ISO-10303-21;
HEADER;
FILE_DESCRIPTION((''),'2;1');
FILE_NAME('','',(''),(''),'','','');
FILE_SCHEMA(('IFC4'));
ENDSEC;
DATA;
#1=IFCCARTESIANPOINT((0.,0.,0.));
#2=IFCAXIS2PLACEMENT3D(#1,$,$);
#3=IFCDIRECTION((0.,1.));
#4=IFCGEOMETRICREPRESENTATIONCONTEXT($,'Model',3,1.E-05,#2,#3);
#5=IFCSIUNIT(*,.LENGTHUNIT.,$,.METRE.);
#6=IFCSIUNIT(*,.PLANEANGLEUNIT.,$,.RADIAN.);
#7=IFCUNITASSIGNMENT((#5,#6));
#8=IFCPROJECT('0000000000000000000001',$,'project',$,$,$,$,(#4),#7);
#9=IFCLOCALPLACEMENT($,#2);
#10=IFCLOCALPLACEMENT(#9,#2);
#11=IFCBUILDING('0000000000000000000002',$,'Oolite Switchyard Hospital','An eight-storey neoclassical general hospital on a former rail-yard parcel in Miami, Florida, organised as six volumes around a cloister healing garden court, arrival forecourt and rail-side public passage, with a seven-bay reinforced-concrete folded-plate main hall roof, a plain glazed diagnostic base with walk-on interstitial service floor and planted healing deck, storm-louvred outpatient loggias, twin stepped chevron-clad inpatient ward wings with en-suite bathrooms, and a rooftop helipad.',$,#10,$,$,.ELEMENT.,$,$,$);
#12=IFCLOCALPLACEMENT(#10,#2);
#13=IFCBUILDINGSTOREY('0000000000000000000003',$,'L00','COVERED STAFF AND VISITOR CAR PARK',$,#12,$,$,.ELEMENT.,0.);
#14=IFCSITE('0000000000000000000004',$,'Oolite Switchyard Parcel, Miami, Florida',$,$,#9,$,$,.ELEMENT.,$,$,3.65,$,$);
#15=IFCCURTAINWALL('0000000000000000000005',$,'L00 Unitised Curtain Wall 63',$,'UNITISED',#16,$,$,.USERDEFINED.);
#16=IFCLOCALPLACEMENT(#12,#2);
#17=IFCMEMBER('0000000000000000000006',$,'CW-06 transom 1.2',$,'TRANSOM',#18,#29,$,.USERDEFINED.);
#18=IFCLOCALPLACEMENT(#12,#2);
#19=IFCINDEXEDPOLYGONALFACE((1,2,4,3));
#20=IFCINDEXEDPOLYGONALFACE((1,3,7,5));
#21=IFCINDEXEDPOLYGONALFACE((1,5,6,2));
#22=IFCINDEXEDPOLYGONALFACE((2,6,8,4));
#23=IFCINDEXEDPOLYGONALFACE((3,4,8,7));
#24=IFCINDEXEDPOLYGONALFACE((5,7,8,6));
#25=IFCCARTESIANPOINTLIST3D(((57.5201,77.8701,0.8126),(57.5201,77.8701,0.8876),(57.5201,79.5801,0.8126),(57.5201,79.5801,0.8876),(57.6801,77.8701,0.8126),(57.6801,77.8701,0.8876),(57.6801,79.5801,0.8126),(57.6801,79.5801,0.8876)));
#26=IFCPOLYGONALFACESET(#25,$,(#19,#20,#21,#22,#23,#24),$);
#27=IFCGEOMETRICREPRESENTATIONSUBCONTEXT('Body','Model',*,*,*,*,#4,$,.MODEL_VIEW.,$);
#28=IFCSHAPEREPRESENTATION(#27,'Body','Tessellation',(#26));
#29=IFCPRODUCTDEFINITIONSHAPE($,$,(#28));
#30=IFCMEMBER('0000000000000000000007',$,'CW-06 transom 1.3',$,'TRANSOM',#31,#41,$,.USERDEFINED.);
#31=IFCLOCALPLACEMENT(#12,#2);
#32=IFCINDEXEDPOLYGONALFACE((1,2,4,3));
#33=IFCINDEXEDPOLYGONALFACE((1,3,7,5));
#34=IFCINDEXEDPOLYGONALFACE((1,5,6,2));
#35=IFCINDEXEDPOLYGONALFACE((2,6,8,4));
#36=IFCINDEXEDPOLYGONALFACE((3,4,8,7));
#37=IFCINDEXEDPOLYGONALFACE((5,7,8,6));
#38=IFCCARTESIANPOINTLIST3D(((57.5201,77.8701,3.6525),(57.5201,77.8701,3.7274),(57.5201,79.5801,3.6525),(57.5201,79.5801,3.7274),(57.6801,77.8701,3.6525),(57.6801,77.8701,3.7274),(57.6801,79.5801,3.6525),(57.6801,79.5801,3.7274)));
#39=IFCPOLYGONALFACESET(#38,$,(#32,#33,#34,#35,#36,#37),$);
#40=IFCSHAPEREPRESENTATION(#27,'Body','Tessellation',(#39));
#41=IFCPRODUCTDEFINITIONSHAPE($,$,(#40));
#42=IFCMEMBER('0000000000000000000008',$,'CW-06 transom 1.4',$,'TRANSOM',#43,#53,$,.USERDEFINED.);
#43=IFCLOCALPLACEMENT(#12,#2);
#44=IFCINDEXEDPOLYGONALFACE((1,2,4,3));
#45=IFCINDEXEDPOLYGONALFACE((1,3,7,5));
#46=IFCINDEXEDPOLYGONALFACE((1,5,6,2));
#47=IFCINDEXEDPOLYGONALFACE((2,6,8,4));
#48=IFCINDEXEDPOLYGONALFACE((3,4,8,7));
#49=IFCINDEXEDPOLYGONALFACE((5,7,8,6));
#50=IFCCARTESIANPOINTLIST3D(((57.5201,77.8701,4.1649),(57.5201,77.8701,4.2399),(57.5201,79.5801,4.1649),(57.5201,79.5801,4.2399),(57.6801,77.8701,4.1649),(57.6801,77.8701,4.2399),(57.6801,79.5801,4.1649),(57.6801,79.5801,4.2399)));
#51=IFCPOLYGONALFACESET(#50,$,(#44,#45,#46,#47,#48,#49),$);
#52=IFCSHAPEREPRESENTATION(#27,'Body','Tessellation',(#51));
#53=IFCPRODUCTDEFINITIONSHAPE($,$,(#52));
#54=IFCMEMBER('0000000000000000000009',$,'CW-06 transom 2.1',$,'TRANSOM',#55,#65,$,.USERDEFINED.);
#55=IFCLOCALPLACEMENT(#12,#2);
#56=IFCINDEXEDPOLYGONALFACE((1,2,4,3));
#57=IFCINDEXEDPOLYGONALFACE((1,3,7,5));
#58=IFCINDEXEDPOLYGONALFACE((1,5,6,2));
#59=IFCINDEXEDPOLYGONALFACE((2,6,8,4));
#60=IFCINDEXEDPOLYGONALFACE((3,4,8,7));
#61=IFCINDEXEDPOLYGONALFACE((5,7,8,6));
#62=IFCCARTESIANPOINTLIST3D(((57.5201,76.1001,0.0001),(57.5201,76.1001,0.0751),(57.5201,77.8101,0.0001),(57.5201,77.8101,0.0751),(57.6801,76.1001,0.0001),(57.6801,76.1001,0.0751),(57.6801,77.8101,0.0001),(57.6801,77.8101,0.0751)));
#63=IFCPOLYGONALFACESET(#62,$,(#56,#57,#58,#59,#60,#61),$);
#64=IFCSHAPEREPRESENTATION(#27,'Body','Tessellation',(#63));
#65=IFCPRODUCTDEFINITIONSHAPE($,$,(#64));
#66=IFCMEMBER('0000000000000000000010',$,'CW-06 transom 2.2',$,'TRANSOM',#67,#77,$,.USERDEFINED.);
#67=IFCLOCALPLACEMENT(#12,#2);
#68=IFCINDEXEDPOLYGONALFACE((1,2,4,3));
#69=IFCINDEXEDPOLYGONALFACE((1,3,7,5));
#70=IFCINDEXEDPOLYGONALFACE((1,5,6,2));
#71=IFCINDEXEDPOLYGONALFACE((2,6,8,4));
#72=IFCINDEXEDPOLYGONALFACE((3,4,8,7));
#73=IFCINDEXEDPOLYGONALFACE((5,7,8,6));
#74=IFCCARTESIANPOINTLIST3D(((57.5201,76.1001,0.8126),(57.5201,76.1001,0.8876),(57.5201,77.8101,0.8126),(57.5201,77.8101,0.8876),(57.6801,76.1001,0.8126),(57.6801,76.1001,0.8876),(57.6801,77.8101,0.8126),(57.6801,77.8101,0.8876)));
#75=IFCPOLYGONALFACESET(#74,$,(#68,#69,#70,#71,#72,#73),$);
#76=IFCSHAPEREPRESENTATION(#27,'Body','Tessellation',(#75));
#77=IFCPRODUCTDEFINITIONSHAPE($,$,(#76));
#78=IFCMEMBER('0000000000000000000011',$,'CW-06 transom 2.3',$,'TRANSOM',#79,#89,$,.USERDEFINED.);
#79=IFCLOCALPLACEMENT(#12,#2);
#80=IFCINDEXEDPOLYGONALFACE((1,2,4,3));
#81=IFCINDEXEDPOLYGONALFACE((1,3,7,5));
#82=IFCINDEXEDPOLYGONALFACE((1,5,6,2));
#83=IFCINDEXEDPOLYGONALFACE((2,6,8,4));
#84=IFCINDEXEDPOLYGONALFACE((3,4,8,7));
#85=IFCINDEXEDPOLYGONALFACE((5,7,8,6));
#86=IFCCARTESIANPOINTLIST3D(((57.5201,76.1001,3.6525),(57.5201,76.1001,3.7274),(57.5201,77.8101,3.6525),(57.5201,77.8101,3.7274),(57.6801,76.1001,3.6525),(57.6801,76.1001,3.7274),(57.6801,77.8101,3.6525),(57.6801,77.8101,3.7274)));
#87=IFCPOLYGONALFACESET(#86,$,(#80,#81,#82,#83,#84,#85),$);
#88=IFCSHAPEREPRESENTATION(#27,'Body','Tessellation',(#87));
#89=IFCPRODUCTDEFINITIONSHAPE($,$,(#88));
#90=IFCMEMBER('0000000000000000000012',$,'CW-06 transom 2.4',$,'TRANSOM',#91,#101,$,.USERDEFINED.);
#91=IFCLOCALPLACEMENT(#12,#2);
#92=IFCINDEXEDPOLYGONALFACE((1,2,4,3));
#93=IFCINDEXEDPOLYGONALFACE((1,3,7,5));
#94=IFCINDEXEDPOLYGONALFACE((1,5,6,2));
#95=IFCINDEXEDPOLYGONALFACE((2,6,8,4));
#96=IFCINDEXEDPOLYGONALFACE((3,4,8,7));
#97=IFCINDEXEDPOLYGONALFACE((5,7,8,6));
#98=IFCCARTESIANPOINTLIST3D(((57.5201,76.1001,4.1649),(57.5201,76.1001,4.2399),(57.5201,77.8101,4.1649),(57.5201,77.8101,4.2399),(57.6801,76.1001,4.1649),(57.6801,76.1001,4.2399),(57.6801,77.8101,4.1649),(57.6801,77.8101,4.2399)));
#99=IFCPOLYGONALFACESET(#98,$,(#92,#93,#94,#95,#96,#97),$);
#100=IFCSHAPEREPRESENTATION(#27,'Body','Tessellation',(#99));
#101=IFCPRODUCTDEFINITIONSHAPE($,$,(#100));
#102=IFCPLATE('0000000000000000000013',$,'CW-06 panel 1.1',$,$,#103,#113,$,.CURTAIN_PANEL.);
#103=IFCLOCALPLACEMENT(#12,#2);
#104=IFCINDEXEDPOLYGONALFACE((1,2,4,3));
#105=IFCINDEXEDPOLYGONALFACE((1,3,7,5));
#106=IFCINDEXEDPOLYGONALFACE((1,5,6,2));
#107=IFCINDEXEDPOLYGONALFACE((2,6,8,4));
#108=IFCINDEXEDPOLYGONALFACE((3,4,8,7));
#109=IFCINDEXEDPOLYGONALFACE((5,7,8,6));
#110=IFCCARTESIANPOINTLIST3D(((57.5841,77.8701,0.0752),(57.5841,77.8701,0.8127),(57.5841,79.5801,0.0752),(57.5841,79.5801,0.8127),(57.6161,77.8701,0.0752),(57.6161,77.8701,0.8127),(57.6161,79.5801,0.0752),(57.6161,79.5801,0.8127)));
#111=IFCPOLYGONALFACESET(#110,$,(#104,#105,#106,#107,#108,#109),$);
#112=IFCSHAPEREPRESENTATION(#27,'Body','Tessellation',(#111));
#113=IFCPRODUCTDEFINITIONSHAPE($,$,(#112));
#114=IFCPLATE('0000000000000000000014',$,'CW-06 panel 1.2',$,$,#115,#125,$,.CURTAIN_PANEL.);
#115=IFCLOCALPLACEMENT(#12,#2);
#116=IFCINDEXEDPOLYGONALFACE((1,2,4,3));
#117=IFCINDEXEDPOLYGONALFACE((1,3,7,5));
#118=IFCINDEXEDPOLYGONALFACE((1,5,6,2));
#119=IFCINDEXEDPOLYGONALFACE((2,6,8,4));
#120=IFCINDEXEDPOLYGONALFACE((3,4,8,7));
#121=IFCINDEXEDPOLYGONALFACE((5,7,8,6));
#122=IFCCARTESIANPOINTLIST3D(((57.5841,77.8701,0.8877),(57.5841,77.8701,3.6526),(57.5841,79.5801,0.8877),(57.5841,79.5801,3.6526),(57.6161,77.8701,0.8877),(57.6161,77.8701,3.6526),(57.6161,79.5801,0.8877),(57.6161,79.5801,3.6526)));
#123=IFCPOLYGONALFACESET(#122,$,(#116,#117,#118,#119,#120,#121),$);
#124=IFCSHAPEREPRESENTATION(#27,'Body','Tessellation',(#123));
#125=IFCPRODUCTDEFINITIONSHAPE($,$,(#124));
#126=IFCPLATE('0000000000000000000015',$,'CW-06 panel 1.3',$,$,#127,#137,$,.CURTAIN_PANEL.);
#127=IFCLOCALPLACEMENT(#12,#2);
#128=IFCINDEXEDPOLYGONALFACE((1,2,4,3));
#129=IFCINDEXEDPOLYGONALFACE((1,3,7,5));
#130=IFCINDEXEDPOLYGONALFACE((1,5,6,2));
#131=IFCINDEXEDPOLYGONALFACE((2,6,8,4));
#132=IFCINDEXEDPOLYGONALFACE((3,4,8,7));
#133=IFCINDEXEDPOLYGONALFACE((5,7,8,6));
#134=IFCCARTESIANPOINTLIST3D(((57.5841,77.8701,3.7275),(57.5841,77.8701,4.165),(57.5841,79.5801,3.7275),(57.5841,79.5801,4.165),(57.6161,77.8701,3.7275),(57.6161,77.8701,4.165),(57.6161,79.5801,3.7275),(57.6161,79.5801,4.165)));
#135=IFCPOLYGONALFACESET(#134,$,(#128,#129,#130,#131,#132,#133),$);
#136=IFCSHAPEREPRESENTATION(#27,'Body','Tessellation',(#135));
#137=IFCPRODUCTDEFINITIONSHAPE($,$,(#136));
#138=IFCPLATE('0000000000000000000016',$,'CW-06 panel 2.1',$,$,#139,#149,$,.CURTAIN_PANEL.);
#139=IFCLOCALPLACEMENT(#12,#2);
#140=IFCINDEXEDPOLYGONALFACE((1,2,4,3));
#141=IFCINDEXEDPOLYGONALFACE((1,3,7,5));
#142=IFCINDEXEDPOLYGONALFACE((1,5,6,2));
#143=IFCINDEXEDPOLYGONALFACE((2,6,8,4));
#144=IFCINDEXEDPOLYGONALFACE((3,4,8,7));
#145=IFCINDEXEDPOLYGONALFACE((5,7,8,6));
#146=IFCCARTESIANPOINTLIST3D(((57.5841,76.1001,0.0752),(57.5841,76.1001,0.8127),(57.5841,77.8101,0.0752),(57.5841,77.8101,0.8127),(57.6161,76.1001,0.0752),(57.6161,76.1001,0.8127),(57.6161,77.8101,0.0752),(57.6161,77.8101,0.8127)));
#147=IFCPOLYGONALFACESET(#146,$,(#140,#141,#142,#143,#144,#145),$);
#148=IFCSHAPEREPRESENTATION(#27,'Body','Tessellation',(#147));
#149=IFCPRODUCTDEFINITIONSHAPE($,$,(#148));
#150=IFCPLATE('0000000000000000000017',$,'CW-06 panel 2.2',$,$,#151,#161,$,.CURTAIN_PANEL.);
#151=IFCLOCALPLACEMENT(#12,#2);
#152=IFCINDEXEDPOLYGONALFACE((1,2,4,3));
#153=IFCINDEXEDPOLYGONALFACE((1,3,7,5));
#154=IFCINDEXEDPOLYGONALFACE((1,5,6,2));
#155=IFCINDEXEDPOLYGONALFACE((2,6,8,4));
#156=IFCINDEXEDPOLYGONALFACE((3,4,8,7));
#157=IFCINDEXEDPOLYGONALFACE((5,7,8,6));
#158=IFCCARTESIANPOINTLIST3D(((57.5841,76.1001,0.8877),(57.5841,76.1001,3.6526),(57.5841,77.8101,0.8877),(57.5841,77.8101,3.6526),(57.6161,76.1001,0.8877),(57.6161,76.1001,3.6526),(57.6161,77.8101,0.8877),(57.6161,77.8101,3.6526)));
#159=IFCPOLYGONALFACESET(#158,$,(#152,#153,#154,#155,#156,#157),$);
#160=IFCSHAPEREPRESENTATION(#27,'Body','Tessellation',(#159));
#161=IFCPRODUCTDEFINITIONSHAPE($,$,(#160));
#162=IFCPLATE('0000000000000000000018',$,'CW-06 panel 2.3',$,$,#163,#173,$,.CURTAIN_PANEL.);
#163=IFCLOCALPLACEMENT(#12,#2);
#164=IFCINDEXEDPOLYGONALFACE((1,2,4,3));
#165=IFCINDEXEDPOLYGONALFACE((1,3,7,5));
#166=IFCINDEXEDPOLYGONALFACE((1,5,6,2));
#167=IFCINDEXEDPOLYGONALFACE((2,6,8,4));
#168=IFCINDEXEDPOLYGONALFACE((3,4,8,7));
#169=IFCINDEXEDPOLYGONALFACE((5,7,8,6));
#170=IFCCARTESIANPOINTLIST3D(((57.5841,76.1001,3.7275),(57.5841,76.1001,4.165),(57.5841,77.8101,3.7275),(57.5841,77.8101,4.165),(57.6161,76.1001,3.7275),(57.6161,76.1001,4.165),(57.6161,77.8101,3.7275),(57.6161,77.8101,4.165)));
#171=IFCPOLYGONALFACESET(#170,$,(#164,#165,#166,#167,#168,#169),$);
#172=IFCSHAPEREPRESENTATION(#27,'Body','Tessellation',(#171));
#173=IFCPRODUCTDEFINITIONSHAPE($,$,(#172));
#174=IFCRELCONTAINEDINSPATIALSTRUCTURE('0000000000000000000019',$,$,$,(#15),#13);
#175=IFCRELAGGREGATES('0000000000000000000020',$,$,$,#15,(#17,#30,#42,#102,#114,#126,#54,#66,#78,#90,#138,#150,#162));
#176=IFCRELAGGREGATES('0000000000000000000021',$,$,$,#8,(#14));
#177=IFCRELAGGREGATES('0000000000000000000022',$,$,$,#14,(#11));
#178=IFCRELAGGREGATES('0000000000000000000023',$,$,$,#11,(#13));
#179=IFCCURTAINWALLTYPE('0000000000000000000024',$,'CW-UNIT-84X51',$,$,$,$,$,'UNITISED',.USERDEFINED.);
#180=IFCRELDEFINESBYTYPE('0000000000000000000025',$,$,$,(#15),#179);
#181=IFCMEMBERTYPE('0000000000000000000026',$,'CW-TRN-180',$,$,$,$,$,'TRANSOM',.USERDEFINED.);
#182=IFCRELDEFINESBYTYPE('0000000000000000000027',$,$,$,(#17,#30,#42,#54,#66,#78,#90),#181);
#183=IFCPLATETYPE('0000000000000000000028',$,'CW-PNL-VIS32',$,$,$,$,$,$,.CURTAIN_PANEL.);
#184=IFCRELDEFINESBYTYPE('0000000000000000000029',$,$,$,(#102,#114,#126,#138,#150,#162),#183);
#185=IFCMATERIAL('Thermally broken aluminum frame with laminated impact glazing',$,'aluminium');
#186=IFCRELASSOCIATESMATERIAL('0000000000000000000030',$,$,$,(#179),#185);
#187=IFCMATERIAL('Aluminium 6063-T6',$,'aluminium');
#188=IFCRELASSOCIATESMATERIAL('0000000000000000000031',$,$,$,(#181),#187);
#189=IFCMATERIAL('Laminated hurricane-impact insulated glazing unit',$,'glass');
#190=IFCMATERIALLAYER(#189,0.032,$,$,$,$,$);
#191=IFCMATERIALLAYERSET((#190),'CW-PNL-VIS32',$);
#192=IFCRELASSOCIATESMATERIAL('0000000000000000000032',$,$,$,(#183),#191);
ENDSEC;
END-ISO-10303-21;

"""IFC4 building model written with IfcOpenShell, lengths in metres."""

from ifc_helpers import new_model, si_unit, direction, frame, origin, origin_2d, place, context, subcontext, project, spatial, rectangle, extrude, material, layer, layer_set, material_profile, profile_set, type_object, element, aggregate, save


model = new_model("IFC4")

# Units and contexts
model_context = context("Model", 3, precision=1e-05, world=origin(), true_north=direction((0.0, 1.0)))
body_context = subcontext(model_context, "Body", "Model", "MODEL_VIEW")
ifc_project = project(units=[si_unit("LENGTHUNIT", "METRE"), si_unit("PLANEANGLEUNIT", "RADIAN")], contexts=[model_context])

# Site, building, storey
site_placement = place(None, origin())
site = spatial("IfcSite", under=ifc_project, at=site_placement, Name="Oolite Switchyard Parcel, Miami, Florida", CompositionType="ELEMENT", RefElevation=3.65)
building_placement = place(site_placement, origin())
building = spatial("IfcBuilding", under=site, at=building_placement, Name="Oolite Switchyard Hospital", Description="An eight-storey neoclassical general hospital on a former rail-yard parcel in Miami, Florida, organised as six volumes around a cloister healing garden court, arrival forecourt and rail-side public passage, with a seven-bay reinforced-concrete folded-plate main hall roof, a plain glazed diagnostic base with walk-on interstitial service floor and planted healing deck, storm-louvred outpatient loggias, twin stepped chevron-clad inpatient ward wings with en-suite bathrooms, and a rooftop helipad.", CompositionType="ELEMENT")
storey_placement = place(building_placement, origin())
storey = spatial("IfcBuildingStorey", under=building, at=storey_placement, Name="L00", Description="COVERED STAFF AND VISITOR CAR PARK", CompositionType="ELEMENT", Elevation=0.0)

# Shared definitions
ifc_material_1 = material(Name="Thermally broken aluminum frame with laminated impact glazing", Category="aluminium")
ifc_material_2 = material(Name="Aluminium 6063-T6", Category="aluminium")

# Curtain wall
curtain_wall_type_1 = type_object("IfcCurtainWallType", Name="CW-UNIT-84X51", ElementType="UNITISED", PredefinedType="USERDEFINED", material=ifc_material_1)
curtain_wall_1_placement = place(storey_placement, origin())
curtain_wall_1 = element("IfcCurtainWall", 1, at=curtain_wall_1_placement, inside=storey, type_object=curtain_wall_type_1, Name="L00 Unitised Curtain Wall 63", ObjectType="UNITISED", PredefinedType="USERDEFINED")

# Members
ifc_material_profile_1 = material_profile(ifc_material_2, rectangle(XDim=0.1599, YDim=0.075, at=origin_2d()), Name="CWT75X160")
ifc_profile_set_1 = profile_set([ifc_material_profile_1], Name="Aluminium 6063-T6")
member_type_1 = type_object("IfcMemberType", Name="CW-TRN-180", ElementType="TRANSOM", PredefinedType="USERDEFINED", material=ifc_profile_set_1)
member_1_placement = place(storey_placement, frame((57.6001, 79.5801, 0.8501), z_axis=(0.0, -1.0, 0.0), x_axis=(1.0, 0.0, 0.0)))
member_1 = element("IfcMember", 2, at=member_1_placement, type_object=member_type_1, Name="CW-06 transom 1.2", ObjectType="TRANSOM", PredefinedType="USERDEFINED", context=body_context, shape_type="SweptSolid", body=[
    extrude(rectangle(XDim=0.1599, YDim=0.075, at=origin_2d()), origin(), (0.0, 0.0, 1.0), 1.71),
])
member_2_placement = place(storey_placement, frame((57.6001, 79.5801, 3.6899), z_axis=(0.0, -1.0, 0.0), x_axis=(1.0, 0.0, 0.0)))
member_2 = element("IfcMember", 3, at=member_2_placement, type_object=member_type_1, Name="CW-06 transom 1.3", ObjectType="TRANSOM", PredefinedType="USERDEFINED", context=body_context, shape_type="SweptSolid", body=[
    extrude(rectangle(XDim=0.1599, YDim=0.075, at=origin_2d()), origin(), (0.0, 0.0, 1.0), 1.71),
])
member_3_placement = place(storey_placement, frame((57.6001, 79.5801, 4.2024), z_axis=(0.0, -1.0, 0.0), x_axis=(1.0, 0.0, 0.0)))
member_3 = element("IfcMember", 4, at=member_3_placement, type_object=member_type_1, Name="CW-06 transom 1.4", ObjectType="TRANSOM", PredefinedType="USERDEFINED", context=body_context, shape_type="SweptSolid", body=[
    extrude(rectangle(XDim=0.1599, YDim=0.075, at=origin_2d()), origin(), (0.0, 0.0, 1.0), 1.71),
])
member_4_placement = place(storey_placement, frame((57.6001, 77.8101, 0.0376), z_axis=(0.0, -1.0, 0.0), x_axis=(1.0, 0.0, 0.0)))
member_4 = element("IfcMember", 5, at=member_4_placement, type_object=member_type_1, Name="CW-06 transom 2.1", ObjectType="TRANSOM", PredefinedType="USERDEFINED", context=body_context, shape_type="SweptSolid", body=[
    extrude(rectangle(XDim=0.1599, YDim=0.075, at=origin_2d()), origin(), (0.0, 0.0, 1.0), 1.71),
])
member_5_placement = place(storey_placement, frame((57.6001, 77.8101, 0.8501), z_axis=(0.0, -1.0, 0.0), x_axis=(1.0, 0.0, 0.0)))
member_5 = element("IfcMember", 6, at=member_5_placement, type_object=member_type_1, Name="CW-06 transom 2.2", ObjectType="TRANSOM", PredefinedType="USERDEFINED", context=body_context, shape_type="SweptSolid", body=[
    extrude(rectangle(XDim=0.1599, YDim=0.075, at=origin_2d()), origin(), (0.0, 0.0, 1.0), 1.71),
])
member_6_placement = place(storey_placement, frame((57.6001, 77.8101, 3.6899), z_axis=(0.0, -1.0, 0.0), x_axis=(1.0, 0.0, 0.0)))
member_6 = element("IfcMember", 7, at=member_6_placement, type_object=member_type_1, Name="CW-06 transom 2.3", ObjectType="TRANSOM", PredefinedType="USERDEFINED", context=body_context, shape_type="SweptSolid", body=[
    extrude(rectangle(XDim=0.1599, YDim=0.075, at=origin_2d()), origin(), (0.0, 0.0, 1.0), 1.71),
])
member_7_placement = place(storey_placement, frame((57.6001, 77.8101, 4.2024), z_axis=(0.0, -1.0, 0.0), x_axis=(1.0, 0.0, 0.0)))
member_7 = element("IfcMember", 8, at=member_7_placement, type_object=member_type_1, Name="CW-06 transom 2.4", ObjectType="TRANSOM", PredefinedType="USERDEFINED", context=body_context, shape_type="SweptSolid", body=[
    extrude(rectangle(XDim=0.1599, YDim=0.075, at=origin_2d()), origin(), (0.0, 0.0, 1.0), 1.71),
])

# Plates
ifc_material_3 = material(Name="Laminated hurricane-impact insulated glazing unit", Category="glass")
ifc_layer = layer(ifc_material_3, 0.032)
ifc_layer_set = layer_set([ifc_layer], Name="CW-PNL-VIS32")
plate_type = type_object("IfcPlateType", Name="CW-PNL-VIS32", PredefinedType="CURTAIN_PANEL", material=ifc_layer_set)
plate_1_placement = place(storey_placement, frame((57.6001, 78.7251, 0.0752), z_axis=(0.0, 0.0, 1.0), x_axis=(0.0, -1.0, 0.0)))
plate_1 = element("IfcPlate", 9, at=plate_1_placement, type_object=plate_type, Name="CW-06 panel 1.1", PredefinedType="CURTAIN_PANEL", context=body_context, shape_type="SweptSolid", body=[
    extrude(rectangle(XDim=1.71, YDim=0.032, at=origin_2d()), origin(), (0.0, 0.0, 1.0), 0.7375),
])
plate_2_placement = place(storey_placement, frame((57.6001, 78.7251, 0.8877), z_axis=(0.0, 0.0, 1.0), x_axis=(0.0, -1.0, 0.0)))
plate_2 = element("IfcPlate", 10, at=plate_2_placement, type_object=plate_type, Name="CW-06 panel 1.2", PredefinedType="CURTAIN_PANEL", context=body_context, shape_type="SweptSolid", body=[
    extrude(rectangle(XDim=1.71, YDim=0.032, at=origin_2d()), origin(), (0.0, 0.0, 1.0), 2.7649),
])
plate_3_placement = place(storey_placement, frame((57.6001, 78.7251, 3.7275), z_axis=(0.0, 0.0, 1.0), x_axis=(0.0, -1.0, 0.0)))
plate_3 = element("IfcPlate", 11, at=plate_3_placement, type_object=plate_type, Name="CW-06 panel 1.3", PredefinedType="CURTAIN_PANEL", context=body_context, shape_type="SweptSolid", body=[
    extrude(rectangle(XDim=1.71, YDim=0.032, at=origin_2d()), origin(), (0.0, 0.0, 1.0), 0.4375),
])
plate_4_placement = place(storey_placement, frame((57.6001, 76.9551, 0.0752), z_axis=(0.0, 0.0, 1.0), x_axis=(0.0, -1.0, 0.0)))
plate_4 = element("IfcPlate", 12, at=plate_4_placement, type_object=plate_type, Name="CW-06 panel 2.1", PredefinedType="CURTAIN_PANEL", context=body_context, shape_type="SweptSolid", body=[
    extrude(rectangle(XDim=1.71, YDim=0.032, at=origin_2d()), origin(), (0.0, 0.0, 1.0), 0.7375),
])
plate_5_placement = place(storey_placement, frame((57.6001, 76.9551, 0.8877), z_axis=(0.0, 0.0, 1.0), x_axis=(0.0, -1.0, 0.0)))
plate_5 = element("IfcPlate", 13, at=plate_5_placement, type_object=plate_type, Name="CW-06 panel 2.2", PredefinedType="CURTAIN_PANEL", context=body_context, shape_type="SweptSolid", body=[
    extrude(rectangle(XDim=1.71, YDim=0.032, at=origin_2d()), origin(), (0.0, 0.0, 1.0), 2.7649),
])
plate_6_placement = place(storey_placement, frame((57.6001, 76.9551, 3.7275), z_axis=(0.0, 0.0, 1.0), x_axis=(0.0, -1.0, 0.0)))
plate_6 = element("IfcPlate", 14, at=plate_6_placement, type_object=plate_type, Name="CW-06 panel 2.3", PredefinedType="CURTAIN_PANEL", context=body_context, shape_type="SweptSolid", body=[
    extrude(rectangle(XDim=1.71, YDim=0.032, at=origin_2d()), origin(), (0.0, 0.0, 1.0), 0.4375),
])
aggregate(curtain_wall_1, [member_1, member_2, member_3, plate_1, plate_2, plate_3, member_4, member_5, member_6, member_7, plate_4, plate_5, plate_6])

save(model, "model.ifc")
